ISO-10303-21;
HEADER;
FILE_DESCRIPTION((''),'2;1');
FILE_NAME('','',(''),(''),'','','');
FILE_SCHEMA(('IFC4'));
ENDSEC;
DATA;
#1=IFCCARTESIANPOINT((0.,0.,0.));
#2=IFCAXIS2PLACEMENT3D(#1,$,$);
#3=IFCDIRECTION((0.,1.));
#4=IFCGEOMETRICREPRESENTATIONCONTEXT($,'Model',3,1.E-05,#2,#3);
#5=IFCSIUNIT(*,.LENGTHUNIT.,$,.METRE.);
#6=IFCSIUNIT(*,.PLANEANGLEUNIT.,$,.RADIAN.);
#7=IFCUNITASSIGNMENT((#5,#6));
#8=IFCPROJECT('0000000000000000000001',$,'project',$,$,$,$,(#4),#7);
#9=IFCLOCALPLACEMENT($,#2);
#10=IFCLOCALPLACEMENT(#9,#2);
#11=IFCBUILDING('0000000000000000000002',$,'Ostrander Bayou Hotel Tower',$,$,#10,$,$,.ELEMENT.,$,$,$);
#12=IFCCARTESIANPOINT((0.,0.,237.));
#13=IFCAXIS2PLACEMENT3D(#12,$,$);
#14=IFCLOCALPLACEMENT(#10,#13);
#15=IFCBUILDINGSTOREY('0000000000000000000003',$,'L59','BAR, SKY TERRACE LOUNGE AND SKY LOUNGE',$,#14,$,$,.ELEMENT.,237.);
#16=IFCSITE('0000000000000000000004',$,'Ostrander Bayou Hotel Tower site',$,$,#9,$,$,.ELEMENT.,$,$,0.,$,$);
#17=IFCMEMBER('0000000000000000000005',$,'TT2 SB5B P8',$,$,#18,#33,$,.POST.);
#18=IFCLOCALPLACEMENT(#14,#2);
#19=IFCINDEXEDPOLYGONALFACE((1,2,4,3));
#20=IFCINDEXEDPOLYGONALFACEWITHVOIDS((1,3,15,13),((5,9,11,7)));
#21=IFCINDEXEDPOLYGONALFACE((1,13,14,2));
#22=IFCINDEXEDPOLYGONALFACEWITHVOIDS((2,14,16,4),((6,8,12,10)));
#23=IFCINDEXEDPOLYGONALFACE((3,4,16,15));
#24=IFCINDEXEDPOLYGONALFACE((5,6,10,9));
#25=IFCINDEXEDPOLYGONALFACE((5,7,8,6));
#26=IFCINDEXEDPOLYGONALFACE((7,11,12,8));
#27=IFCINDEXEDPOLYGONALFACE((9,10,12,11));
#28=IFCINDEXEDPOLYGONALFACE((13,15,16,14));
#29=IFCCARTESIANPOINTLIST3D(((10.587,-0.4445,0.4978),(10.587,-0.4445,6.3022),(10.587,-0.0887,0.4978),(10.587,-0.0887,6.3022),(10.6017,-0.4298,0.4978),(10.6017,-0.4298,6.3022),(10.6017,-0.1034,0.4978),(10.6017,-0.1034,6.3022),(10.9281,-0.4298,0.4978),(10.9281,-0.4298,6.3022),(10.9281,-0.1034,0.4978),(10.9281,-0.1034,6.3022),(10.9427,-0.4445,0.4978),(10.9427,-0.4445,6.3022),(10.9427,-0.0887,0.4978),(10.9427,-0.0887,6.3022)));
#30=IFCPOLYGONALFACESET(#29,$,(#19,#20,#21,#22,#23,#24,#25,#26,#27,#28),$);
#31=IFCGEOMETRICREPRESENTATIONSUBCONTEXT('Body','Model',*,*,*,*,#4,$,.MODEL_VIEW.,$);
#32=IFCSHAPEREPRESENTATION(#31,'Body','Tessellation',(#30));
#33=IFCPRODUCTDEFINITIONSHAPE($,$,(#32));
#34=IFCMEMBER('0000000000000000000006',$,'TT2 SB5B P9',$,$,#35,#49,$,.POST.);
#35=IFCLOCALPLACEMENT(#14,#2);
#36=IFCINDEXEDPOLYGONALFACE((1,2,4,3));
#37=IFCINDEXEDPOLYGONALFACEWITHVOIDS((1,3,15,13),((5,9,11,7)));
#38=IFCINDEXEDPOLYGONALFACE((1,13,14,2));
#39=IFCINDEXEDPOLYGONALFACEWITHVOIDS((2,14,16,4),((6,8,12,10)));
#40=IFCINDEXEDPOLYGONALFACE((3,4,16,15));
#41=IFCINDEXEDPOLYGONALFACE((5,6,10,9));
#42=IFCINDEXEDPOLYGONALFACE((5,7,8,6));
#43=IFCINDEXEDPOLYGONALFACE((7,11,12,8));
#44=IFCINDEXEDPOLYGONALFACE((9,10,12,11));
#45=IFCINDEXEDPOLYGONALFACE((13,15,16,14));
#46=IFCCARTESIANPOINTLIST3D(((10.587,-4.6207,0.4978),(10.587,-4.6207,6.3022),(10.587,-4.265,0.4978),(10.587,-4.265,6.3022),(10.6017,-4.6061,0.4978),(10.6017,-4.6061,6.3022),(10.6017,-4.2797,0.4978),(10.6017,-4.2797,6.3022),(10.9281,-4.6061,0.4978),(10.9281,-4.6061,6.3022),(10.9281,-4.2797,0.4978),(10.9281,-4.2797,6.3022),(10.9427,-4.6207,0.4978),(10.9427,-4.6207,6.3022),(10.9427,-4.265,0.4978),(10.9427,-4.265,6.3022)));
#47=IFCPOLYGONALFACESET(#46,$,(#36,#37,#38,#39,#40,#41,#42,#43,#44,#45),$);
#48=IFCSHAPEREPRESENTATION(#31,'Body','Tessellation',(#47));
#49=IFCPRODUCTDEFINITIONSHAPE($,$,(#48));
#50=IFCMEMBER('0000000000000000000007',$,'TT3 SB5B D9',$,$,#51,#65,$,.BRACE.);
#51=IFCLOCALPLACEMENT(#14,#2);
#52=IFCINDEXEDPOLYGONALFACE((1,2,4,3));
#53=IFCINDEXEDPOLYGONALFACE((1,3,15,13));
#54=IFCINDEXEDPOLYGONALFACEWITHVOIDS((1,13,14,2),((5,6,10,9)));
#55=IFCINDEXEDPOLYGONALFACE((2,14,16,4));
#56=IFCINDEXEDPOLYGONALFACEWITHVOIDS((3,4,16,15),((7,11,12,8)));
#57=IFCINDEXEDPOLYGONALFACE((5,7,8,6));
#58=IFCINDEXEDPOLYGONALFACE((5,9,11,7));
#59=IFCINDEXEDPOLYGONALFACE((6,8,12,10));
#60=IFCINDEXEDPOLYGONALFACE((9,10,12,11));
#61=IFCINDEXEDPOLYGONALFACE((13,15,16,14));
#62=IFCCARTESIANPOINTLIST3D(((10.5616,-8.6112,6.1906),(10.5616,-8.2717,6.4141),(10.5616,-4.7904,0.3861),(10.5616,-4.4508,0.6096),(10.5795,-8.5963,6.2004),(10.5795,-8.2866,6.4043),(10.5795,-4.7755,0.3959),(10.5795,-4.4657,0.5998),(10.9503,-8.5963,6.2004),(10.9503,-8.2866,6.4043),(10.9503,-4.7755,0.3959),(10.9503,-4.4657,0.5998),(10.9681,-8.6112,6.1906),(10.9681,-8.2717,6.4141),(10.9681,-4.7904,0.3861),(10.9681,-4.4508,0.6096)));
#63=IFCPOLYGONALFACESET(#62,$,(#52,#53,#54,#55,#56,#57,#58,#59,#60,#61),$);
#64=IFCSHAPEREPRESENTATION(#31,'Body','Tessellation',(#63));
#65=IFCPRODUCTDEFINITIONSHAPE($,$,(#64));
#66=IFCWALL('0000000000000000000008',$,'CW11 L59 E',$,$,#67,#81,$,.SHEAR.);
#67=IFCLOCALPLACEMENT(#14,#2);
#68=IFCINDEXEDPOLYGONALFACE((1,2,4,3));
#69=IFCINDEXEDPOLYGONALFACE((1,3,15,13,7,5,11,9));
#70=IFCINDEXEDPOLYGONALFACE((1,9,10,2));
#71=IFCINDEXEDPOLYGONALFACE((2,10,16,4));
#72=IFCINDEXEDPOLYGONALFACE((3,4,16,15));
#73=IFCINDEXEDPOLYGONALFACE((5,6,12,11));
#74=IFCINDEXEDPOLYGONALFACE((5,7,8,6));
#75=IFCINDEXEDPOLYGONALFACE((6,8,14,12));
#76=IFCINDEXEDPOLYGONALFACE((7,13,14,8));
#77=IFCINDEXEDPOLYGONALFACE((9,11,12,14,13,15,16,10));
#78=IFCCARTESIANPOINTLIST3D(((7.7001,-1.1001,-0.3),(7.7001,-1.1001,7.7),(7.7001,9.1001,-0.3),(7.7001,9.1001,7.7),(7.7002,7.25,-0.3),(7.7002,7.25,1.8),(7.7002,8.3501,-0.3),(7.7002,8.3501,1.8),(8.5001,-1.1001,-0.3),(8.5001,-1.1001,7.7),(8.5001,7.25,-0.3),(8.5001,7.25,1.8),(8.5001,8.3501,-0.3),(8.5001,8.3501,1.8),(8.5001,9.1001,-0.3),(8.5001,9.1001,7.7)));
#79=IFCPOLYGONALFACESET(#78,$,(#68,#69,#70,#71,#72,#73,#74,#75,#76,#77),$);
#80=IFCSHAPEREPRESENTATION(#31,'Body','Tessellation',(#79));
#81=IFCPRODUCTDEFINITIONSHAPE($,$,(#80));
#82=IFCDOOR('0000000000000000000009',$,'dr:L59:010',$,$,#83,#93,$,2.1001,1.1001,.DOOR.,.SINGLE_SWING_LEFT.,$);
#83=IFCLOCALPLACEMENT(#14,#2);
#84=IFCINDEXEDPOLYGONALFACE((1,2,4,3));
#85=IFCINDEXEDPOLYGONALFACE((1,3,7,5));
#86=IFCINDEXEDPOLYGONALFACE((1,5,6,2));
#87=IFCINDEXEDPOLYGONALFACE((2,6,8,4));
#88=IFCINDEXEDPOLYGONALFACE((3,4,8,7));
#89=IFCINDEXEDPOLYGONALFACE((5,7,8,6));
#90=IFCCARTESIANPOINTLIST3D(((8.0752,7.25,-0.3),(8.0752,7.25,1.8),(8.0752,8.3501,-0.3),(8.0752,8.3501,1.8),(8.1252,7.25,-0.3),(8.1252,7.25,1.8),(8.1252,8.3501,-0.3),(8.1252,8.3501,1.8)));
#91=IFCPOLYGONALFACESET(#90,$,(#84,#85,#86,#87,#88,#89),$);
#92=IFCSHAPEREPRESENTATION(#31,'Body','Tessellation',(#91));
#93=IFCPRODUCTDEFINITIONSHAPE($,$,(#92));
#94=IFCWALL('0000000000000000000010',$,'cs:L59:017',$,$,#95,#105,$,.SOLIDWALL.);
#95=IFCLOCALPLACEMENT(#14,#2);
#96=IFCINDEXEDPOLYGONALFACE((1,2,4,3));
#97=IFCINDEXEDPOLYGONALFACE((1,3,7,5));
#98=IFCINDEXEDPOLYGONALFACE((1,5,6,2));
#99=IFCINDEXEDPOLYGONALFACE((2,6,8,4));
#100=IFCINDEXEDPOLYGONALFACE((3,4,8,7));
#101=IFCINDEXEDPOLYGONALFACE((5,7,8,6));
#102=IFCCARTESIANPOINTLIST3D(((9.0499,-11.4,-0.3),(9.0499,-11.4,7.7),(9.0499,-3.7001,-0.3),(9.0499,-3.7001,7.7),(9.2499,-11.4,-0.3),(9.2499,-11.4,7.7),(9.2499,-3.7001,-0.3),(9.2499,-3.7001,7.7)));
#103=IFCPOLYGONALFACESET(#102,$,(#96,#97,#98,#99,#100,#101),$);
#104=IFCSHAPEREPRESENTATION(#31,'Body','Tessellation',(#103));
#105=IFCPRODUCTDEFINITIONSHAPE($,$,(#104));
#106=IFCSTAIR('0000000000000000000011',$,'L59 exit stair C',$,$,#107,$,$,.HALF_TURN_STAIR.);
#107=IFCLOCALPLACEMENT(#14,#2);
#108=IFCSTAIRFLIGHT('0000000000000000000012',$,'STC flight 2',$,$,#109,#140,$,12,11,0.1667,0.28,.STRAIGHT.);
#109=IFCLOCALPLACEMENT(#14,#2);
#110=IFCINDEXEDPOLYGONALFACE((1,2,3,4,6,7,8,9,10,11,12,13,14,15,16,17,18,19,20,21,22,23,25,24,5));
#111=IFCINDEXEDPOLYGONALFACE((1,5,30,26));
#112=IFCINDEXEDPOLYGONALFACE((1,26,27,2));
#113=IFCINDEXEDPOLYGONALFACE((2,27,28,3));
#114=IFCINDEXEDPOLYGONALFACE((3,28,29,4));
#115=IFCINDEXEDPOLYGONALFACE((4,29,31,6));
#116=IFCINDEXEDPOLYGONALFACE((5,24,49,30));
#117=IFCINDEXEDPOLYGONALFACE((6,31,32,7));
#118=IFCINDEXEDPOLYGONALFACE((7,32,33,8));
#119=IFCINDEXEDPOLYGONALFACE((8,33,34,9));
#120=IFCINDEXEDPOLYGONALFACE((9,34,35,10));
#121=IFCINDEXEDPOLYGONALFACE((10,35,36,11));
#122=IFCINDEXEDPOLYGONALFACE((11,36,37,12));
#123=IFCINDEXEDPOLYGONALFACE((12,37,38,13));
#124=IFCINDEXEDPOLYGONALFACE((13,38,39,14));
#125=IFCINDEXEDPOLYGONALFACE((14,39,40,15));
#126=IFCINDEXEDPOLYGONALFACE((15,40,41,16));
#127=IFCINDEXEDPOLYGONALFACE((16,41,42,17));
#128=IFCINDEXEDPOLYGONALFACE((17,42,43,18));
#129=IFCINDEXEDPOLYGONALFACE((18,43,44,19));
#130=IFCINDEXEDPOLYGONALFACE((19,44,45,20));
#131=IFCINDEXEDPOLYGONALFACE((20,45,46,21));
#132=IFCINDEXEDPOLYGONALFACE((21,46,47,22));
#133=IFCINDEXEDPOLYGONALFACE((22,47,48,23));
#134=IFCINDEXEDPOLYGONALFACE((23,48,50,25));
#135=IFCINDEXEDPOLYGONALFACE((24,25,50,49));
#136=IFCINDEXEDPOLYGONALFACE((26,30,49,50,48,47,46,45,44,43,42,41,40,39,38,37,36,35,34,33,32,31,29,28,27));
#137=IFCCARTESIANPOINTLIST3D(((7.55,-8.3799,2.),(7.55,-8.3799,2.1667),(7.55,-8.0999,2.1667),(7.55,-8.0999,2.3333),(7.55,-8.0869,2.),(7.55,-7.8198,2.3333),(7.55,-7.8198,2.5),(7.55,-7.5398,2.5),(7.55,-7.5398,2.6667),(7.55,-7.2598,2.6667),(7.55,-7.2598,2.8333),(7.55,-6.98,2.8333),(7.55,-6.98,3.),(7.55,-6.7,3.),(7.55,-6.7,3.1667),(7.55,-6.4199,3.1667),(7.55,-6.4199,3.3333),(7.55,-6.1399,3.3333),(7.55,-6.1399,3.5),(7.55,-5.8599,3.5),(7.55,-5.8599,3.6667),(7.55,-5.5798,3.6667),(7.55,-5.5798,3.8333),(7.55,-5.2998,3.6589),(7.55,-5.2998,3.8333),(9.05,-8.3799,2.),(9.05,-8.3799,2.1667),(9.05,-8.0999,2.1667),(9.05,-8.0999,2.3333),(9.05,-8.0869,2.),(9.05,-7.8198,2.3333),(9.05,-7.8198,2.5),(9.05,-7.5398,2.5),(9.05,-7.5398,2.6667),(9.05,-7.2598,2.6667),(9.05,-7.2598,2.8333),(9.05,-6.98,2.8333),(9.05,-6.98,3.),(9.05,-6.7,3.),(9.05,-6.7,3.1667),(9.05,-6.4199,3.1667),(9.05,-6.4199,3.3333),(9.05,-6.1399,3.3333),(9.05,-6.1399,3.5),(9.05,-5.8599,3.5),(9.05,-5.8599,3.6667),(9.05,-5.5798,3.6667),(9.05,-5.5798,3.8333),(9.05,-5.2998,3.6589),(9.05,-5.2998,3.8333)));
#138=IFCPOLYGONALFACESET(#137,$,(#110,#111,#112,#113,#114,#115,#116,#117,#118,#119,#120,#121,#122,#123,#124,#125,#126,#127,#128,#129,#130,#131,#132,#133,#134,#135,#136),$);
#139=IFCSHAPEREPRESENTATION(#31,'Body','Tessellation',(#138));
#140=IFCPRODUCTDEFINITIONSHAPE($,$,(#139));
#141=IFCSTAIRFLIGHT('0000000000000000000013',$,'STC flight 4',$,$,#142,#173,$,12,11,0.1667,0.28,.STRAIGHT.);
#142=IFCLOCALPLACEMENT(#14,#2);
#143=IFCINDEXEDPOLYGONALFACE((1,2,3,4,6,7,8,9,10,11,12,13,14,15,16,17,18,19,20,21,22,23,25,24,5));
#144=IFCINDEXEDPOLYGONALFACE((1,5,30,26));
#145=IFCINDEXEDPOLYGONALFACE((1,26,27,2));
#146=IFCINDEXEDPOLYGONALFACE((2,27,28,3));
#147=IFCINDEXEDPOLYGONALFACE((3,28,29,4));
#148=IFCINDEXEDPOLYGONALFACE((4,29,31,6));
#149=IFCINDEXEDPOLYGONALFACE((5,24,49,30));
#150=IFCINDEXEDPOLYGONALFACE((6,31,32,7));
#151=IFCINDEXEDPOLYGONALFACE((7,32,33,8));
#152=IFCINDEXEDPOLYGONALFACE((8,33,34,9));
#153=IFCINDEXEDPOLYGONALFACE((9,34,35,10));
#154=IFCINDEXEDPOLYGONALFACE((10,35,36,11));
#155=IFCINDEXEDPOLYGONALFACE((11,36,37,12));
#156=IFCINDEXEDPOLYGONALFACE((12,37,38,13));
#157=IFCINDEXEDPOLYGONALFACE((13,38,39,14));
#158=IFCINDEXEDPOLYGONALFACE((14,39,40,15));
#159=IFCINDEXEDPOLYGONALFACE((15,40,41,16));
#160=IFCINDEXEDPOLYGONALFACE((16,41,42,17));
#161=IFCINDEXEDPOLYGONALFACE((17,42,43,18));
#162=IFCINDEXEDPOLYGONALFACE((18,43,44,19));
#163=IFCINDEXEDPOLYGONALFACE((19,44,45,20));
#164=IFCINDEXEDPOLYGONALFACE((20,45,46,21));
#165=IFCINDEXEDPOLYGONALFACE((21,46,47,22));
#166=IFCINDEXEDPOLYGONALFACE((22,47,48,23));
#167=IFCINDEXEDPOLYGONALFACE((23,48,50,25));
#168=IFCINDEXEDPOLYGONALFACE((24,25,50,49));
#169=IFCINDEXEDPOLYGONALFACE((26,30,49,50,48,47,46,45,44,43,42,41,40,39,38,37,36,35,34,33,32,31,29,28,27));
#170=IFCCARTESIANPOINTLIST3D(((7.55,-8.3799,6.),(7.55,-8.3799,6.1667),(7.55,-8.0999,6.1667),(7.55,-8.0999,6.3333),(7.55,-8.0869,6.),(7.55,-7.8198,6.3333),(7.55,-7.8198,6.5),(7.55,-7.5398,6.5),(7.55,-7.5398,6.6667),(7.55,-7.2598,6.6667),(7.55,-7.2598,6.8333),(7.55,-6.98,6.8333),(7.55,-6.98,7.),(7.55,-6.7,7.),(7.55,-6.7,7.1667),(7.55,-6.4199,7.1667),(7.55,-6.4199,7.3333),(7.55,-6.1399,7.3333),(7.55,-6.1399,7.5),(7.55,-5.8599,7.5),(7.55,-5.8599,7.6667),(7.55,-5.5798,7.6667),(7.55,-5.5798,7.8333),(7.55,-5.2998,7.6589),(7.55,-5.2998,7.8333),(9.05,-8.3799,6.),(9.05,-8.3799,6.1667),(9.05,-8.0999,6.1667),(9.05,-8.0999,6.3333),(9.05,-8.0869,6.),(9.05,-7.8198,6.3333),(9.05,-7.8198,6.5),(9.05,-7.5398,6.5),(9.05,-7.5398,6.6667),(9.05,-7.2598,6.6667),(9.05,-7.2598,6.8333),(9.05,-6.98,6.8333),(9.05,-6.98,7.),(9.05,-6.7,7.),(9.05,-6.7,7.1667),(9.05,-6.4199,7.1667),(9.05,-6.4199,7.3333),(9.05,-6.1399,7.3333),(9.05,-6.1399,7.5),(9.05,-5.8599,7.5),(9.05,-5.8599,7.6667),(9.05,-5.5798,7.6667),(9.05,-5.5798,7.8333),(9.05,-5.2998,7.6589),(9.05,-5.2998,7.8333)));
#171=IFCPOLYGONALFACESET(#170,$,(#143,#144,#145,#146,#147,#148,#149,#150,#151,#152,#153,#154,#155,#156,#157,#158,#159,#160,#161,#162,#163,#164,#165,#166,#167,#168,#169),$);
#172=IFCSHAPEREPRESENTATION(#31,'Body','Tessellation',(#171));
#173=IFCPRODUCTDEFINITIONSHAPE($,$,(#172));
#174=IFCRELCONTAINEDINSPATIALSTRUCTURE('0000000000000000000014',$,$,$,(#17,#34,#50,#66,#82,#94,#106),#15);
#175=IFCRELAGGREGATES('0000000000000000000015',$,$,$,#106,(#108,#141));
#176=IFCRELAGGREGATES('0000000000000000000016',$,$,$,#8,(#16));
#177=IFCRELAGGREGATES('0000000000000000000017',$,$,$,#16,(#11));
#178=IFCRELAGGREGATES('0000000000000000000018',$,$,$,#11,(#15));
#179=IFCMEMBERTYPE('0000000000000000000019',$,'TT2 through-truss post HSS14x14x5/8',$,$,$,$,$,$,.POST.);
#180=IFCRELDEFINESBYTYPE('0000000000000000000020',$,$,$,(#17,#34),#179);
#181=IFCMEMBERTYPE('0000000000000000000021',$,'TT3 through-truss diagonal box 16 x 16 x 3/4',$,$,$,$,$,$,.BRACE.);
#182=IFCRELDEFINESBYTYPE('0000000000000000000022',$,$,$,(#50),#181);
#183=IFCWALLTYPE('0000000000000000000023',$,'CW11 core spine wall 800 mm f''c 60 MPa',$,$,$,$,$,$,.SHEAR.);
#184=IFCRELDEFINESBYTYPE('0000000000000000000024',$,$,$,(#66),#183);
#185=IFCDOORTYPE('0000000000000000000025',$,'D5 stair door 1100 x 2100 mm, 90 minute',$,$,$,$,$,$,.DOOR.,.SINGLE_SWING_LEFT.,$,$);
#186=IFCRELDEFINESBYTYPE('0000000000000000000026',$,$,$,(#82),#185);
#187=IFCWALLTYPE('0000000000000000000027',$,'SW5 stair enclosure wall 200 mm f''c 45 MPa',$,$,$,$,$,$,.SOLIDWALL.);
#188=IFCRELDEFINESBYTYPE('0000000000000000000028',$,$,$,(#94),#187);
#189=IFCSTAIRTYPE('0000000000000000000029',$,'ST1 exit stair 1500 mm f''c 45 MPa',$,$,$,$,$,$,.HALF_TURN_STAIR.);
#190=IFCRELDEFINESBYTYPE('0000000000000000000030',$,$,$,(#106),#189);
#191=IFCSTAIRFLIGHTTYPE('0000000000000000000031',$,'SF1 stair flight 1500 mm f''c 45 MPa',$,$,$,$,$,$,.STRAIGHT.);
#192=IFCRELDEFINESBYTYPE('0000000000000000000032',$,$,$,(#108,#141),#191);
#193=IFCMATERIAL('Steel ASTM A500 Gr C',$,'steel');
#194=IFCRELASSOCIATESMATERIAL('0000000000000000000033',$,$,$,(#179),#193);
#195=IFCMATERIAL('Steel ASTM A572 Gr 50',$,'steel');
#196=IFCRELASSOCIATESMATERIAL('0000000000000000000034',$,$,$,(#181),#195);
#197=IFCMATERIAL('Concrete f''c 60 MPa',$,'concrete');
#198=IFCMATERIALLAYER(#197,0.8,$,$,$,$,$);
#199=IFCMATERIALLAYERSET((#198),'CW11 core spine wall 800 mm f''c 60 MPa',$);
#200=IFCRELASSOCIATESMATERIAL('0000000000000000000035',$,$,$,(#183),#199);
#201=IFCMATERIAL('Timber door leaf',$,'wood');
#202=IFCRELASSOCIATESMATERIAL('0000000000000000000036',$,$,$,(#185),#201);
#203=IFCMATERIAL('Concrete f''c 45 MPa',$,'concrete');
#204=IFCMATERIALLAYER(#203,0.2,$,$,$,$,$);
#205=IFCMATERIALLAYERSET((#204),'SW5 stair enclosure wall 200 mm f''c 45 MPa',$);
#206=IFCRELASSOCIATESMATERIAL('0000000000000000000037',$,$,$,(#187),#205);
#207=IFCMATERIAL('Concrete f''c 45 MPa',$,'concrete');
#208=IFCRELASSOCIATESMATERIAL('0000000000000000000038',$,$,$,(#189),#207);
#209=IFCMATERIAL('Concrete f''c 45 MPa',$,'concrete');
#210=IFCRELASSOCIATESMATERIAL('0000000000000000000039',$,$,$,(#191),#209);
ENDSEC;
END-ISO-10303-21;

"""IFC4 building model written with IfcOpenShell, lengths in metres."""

from ifc_helpers import new_model, si_unit, direction, frame, frame_2d, origin, origin_2d, place, context, subcontext, project, spatial, polyline, rectangle, hollow_rectangle, outline, extrude, material, layer, layer_set, material_profile, profile_set, type_object, element, fill, aggregate, save


model = new_model("IFC4")

# Units and contexts
model_context = context("Model", 3, precision=1e-05, world=origin(), true_north=direction((0.0, 1.0)))
body_context = subcontext(model_context, "Body", "Model", "MODEL_VIEW")
ifc_project = project(units=[si_unit("LENGTHUNIT", "METRE"), si_unit("PLANEANGLEUNIT", "RADIAN")], contexts=[model_context])

# Site, building, storey
site_placement = place(None, origin())
site = spatial("IfcSite", under=ifc_project, at=site_placement, Name="Ostrander Bayou Hotel Tower site", CompositionType="ELEMENT", RefElevation=0.0)
building_placement = place(site_placement, origin())
building = spatial("IfcBuilding", under=site, at=building_placement, Name="Ostrander Bayou Hotel Tower", CompositionType="ELEMENT")
storey_placement = place(building_placement, frame((0.0, 0.0, 237.0)))
storey = spatial("IfcBuildingStorey", under=building, at=storey_placement, Name="L59", Description="BAR, SKY TERRACE LOUNGE AND SKY LOUNGE", CompositionType="ELEMENT", Elevation=237.0)

# Members
ifc_material_1 = material(Name="Steel ASTM A500 Gr C", Category="steel")
ifc_material_profile_1 = material_profile(ifc_material_1, hollow_rectangle(XDim=0.3557, YDim=0.3557, WallThickness=0.0146, at=origin_2d()))
ifc_profile_set_1 = profile_set([ifc_material_profile_1], Name="Steel ASTM A500 Gr C")
member_type_1 = type_object("IfcMemberType", Name="TT2 through-truss post HSS14x14x5/8", PredefinedType="POST", material=ifc_profile_set_1)
for number, where, z_axis, x_axis, name in (
    (1, (10.7649, -0.2666, 0.4978), (0.0, 0.0, 1.0), (1.0, 0.0, 0.0), "TT2 SB5B P8"),
    (2, (10.7649, -4.4429, 0.4978), (0.0, 0.0, 1.0), (1.0, 0.0, 0.0), "TT2 SB5B P9"),
):
    element("IfcMember", number, at=place(storey_placement, frame(where, z_axis=z_axis, x_axis=x_axis)), inside=storey, type_object=member_type_1, Name=name, PredefinedType="POST", context=body_context, shape_type="SweptSolid", body=[
        extrude(hollow_rectangle(XDim=0.3557, YDim=0.3557, WallThickness=0.0146, at=origin_2d()), origin(), (0.0, 0.0, 1.0), 5.8044),
    ])
ifc_material_2 = material(Name="Steel ASTM A572 Gr 50", Category="steel")
ifc_material_profile_2 = material_profile(ifc_material_2, hollow_rectangle(XDim=0.4065, YDim=0.4065, WallThickness=0.0178, at=origin_2d()))
ifc_profile_set_2 = profile_set([ifc_material_profile_2], Name="Steel ASTM A572 Gr 50")
member_type_2 = type_object("IfcMemberType", Name="TT3 through-truss diagonal box 16 x 16 x 3/4", PredefinedType="BRACE", material=ifc_profile_set_2)
member_placement = place(storey_placement, frame((10.7649, -4.6206, 0.4978), z_axis=(0.0, -0.549826, 0.835279), x_axis=(1.0, 0.0, 0.0)))
element("IfcMember", 3, at=member_placement, inside=storey, type_object=member_type_2, Name="TT3 SB5B D9", PredefinedType="BRACE", context=body_context, shape_type="SweptSolid", body=[
    extrude(hollow_rectangle(XDim=0.4065, YDim=0.4065, WallThickness=0.0178, at=origin_2d()), origin(), (0.0, 0.0, 1.0), 6.9492),
])

# Wall, opening, door
ifc_material_3 = material(Name="Concrete f'c 60 MPa", Category="concrete")
ifc_layer_1 = layer(ifc_material_3, 0.8)
ifc_layer_set_1 = layer_set([ifc_layer_1], Name="CW11 core spine wall 800 mm f'c 60 MPa")
wall_type_1 = type_object("IfcWallType", Name="CW11 core spine wall 800 mm f'c 60 MPa", PredefinedType="SHEAR", material=ifc_layer_set_1)
wall_1_placement = place(storey_placement, frame((8.1001, -1.1001, -0.3), z_axis=(0.0, 0.0, 1.0), x_axis=(0.0, 1.0, 0.0)))
wall_1 = element("IfcWall", 4, at=wall_1_placement, inside=storey, type_object=wall_type_1, Name="CW11 L59 E", PredefinedType="SHEAR", context=body_context, shape_type="SweptSolid", body=[
    extrude(rectangle(XDim=10.2002, YDim=0.8, at=frame_2d((5.1001, 0.0))), origin(), (0.0, 0.0, 1.0), 8.0),
])
opening_placement = place(wall_1_placement, frame((8.3501, 0.0, 0.0)))
opening = element("IfcOpeningElement", 5, at=opening_placement, cuts=wall_1, PredefinedType="OPENING", context=body_context, shape_type="SweptSolid", body=[
    extrude(rectangle(XDim=1.1001, YDim=2.1001, at=frame_2d((0.55, 1.05))), frame((0.0, 0.3999, 0.0), z_axis=(0.0, -1.0, 0.0), x_axis=(1.0, 0.0, 0.0)), (0.0, 0.0, 1.0), 0.8),
])
ifc_material_4 = material(Name="Timber door leaf", Category="wood")
door_type = type_object("IfcDoorType", Name="D5 stair door 1100 x 2100 mm, 90 minute", OperationType="SINGLE_SWING_LEFT", PredefinedType="DOOR", material=ifc_material_4)
door_placement = place(opening_placement, origin())
door = element("IfcDoor", 6, at=door_placement, inside=storey, type_object=door_type, Name="dr:L59:010", OperationType="SINGLE_SWING_LEFT", OverallHeight=2.1001, OverallWidth=1.1001, PredefinedType="DOOR", context=body_context, shape_type="SweptSolid", body=[
    extrude(rectangle(XDim=1.1001, YDim=2.1001, at=frame_2d((0.55, 1.05))), frame((0.0, 0.0249, 0.0), z_axis=(0.0, -1.0, 0.0), x_axis=(1.0, 0.0, 0.0)), (0.0, 0.0, 1.0), 0.05),
])
fill(opening, door)

# Wall
ifc_material_5 = material(Name="Concrete f'c 45 MPa", Category="concrete")
ifc_layer_2 = layer(ifc_material_5, 0.2)
ifc_layer_set_2 = layer_set([ifc_layer_2], Name="SW5 stair enclosure wall 200 mm f'c 45 MPa")
wall_type_2 = type_object("IfcWallType", Name="SW5 stair enclosure wall 200 mm f'c 45 MPa", PredefinedType="SOLIDWALL", material=ifc_layer_set_2)
wall_2_placement = place(storey_placement, frame((9.1499, -3.7, -0.3), z_axis=(0.0, 0.0, 1.0), x_axis=(0.0, -1.0, 0.0)))
element("IfcWall", 7, at=wall_2_placement, inside=storey, type_object=wall_type_2, Name="cs:L59:017", PredefinedType="SOLIDWALL", context=body_context, shape_type="SweptSolid", body=[
    extrude(rectangle(XDim=7.7, YDim=0.2, at=frame_2d((3.8501, 0.0))), origin(), (0.0, 0.0, 1.0), 8.0),
])

# Stair, stair flights
ifc_material_6 = material(Name="Concrete f'c 45 MPa", Category="concrete")
stair_type = type_object("IfcStairType", Name="ST1 exit stair 1500 mm f'c 45 MPa", PredefinedType="HALF_TURN_STAIR", material=ifc_material_6)
stair_placement = place(storey_placement, origin())
stair = element("IfcStair", 8, at=stair_placement, inside=storey, type_object=stair_type, Name="L59 exit stair C", PredefinedType="HALF_TURN_STAIR")
ifc_material_7 = material(Name="Concrete f'c 45 MPa", Category="concrete")
stair_flight_type = type_object("IfcStairFlightType", Name="SF1 stair flight 1500 mm f'c 45 MPa", PredefinedType="STRAIGHT", material=ifc_material_7)
stair_flight_1_placement = place(storey_placement, frame((8.3, -8.3799, 2.0), z_axis=(0.0, 0.0, 1.0), x_axis=(0.0, 1.0, 0.0)))
stair_flight_1 = element("IfcStairFlight", 9, at=stair_flight_1_placement, type_object=stair_flight_type, Name="STC flight 2", NumberOfRisers=12, NumberOfTreads=11, PredefinedType="STRAIGHT", RiserHeight=0.1667, TreadLength=0.28, context=body_context, shape_type="SweptSolid", body=[
    extrude(outline(polyline([(0.0, 0.0), (0.0, 0.1667), (0.28, 0.1667), (0.28, 0.3333), (0.5601, 0.3333), (0.5601, 0.5), (0.8401, 0.5), (0.8401, 0.6667), (1.1201, 0.6667), (1.1201, 0.8333), (1.3999, 0.8333), (1.3999, 1.0), (1.6799, 1.0), (1.6799, 1.1667), (1.96, 1.1667), (1.96, 1.3333), (2.24, 1.3333), (2.24, 1.5), (2.52, 1.5), (2.52, 1.6667), (2.8, 1.6667), (2.8, 1.8333), (3.0801, 1.8333), (3.0801, 2.0), (3.0801, 1.6589), (0.293, 0.0), (0.0, 0.0)])), frame((0.0, 0.75, 0.0), z_axis=(0.0, -1.0, 0.0), x_axis=(1.0, 0.0, 0.0)), (0.0, 0.0, 1.0), 1.5),
])
stair_flight_2_placement = place(storey_placement, frame((8.3, -8.3799, 6.0), z_axis=(0.0, 0.0, 1.0), x_axis=(0.0, 1.0, 0.0)))
stair_flight_2 = element("IfcStairFlight", 10, at=stair_flight_2_placement, type_object=stair_flight_type, Name="STC flight 4", NumberOfRisers=12, NumberOfTreads=11, PredefinedType="STRAIGHT", RiserHeight=0.1667, TreadLength=0.28, context=body_context, shape_type="SweptSolid", body=[
    extrude(outline(polyline([(0.0, 0.0), (0.0, 0.1667), (0.28, 0.1667), (0.28, 0.3333), (0.5601, 0.3333), (0.5601, 0.5), (0.8401, 0.5), (0.8401, 0.6667), (1.1201, 0.6667), (1.1201, 0.8333), (1.3999, 0.8333), (1.3999, 1.0), (1.6799, 1.0), (1.6799, 1.1667), (1.96, 1.1667), (1.96, 1.3333), (2.24, 1.3333), (2.24, 1.5), (2.52, 1.5), (2.52, 1.6667), (2.8, 1.6667), (2.8, 1.8333), (3.0801, 1.8333), (3.0801, 2.0), (3.0801, 1.6589), (0.293, 0.0), (0.0, 0.0)])), frame((0.0, 0.75, 0.0), z_axis=(0.0, -1.0, 0.0), x_axis=(1.0, 0.0, 0.0)), (0.0, 0.0, 1.0), 1.5),
])
aggregate(stair, [stair_flight_1, stair_flight_2])

save(model, "model.ifc")
